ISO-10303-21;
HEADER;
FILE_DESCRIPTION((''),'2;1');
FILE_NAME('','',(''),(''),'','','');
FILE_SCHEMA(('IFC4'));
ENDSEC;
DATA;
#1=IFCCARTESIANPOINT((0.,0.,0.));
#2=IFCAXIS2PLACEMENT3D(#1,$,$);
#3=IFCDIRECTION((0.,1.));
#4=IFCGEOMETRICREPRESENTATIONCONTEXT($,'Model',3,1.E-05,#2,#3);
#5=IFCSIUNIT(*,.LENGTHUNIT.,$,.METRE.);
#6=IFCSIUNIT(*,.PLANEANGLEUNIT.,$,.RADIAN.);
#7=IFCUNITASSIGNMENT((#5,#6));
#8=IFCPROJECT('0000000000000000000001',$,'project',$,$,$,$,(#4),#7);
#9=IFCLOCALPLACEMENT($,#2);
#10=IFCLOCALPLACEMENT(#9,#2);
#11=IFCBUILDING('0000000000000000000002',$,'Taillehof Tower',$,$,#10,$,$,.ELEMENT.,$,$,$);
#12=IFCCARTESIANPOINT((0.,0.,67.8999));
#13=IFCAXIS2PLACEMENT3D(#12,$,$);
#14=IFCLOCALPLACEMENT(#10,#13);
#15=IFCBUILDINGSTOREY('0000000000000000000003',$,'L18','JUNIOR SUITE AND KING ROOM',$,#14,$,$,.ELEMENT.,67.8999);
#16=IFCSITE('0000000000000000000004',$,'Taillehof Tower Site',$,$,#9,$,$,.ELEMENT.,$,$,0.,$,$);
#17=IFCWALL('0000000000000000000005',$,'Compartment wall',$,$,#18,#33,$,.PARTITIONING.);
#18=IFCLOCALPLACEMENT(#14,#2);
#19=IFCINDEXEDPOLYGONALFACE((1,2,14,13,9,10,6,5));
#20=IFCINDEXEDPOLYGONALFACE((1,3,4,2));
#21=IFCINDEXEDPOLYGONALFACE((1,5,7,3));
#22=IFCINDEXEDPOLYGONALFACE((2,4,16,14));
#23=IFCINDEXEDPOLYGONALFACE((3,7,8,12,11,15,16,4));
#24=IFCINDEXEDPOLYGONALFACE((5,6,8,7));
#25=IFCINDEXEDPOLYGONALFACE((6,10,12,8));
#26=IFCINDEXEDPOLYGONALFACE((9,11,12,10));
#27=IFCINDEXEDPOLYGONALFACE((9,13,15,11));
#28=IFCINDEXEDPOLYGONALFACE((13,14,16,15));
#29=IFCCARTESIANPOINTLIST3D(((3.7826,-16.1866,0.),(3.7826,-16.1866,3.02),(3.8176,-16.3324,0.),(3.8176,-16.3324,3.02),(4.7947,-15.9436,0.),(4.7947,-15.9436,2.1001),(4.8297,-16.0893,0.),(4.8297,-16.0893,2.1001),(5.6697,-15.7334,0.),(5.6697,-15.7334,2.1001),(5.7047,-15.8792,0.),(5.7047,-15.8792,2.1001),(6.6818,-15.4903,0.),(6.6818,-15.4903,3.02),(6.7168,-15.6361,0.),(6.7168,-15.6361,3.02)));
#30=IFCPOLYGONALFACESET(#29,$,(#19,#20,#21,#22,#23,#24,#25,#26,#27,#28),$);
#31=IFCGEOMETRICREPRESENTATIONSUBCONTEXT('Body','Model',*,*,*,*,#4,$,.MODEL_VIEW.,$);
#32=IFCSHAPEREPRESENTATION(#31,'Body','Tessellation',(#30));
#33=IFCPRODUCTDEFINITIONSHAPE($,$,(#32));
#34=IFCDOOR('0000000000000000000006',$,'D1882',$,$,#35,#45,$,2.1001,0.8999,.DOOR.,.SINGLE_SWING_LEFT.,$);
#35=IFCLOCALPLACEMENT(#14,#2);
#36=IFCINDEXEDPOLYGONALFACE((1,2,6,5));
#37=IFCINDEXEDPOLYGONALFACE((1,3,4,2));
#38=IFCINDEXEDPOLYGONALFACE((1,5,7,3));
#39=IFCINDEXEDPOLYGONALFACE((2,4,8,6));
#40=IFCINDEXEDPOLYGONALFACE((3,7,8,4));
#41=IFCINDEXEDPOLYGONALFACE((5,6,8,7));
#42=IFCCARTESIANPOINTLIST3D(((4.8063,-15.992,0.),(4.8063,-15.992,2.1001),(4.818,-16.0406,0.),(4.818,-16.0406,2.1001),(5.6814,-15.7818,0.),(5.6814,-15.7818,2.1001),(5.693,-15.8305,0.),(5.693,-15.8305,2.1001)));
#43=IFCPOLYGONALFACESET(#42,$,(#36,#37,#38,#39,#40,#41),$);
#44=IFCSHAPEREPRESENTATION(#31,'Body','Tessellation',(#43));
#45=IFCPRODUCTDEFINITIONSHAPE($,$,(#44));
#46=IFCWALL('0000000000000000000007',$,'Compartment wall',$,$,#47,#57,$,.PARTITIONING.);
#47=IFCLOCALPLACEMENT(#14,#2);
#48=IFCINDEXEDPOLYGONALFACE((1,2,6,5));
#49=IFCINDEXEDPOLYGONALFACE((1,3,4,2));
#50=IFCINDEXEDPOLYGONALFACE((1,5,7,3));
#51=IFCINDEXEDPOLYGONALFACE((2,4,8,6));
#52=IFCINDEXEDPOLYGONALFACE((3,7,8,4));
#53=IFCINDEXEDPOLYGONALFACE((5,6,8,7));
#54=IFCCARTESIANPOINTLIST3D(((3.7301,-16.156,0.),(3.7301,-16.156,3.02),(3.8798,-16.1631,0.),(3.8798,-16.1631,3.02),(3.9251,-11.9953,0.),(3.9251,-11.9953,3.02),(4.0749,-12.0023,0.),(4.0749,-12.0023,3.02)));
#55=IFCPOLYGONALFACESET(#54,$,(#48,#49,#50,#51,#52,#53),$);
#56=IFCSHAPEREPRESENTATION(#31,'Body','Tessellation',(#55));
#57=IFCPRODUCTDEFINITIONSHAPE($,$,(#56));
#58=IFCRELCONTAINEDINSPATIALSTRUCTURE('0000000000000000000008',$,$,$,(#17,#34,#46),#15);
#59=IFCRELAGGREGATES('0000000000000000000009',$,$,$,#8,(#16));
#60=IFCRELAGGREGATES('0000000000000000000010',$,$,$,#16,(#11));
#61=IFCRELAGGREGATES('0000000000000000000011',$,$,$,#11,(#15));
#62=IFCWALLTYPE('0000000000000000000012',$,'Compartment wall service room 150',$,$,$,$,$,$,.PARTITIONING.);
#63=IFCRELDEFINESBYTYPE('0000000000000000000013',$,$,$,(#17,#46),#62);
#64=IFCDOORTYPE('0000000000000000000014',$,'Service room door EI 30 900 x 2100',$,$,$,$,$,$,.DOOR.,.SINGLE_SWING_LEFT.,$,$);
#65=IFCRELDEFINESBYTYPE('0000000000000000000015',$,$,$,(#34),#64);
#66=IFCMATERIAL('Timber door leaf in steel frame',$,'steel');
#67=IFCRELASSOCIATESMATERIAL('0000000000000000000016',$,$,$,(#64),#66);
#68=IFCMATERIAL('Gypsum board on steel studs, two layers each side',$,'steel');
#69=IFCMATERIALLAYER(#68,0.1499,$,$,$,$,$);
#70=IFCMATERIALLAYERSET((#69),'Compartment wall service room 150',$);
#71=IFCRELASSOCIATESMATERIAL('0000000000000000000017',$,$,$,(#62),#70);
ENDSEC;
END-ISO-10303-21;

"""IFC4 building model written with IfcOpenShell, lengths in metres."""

from ifc_helpers import new_model, si_unit, direction, frame, frame_2d, origin, place, context, subcontext, project, spatial, rectangle, extrude, material, layer, layer_set, type_object, element, fill, save


model = new_model("IFC4")

# Units and contexts
model_context = context("Model", 3, precision=1e-05, world=origin(), true_north=direction((0.0, 1.0)))
body_context = subcontext(model_context, "Body", "Model", "MODEL_VIEW")
ifc_project = project(units=[si_unit("LENGTHUNIT", "METRE"), si_unit("PLANEANGLEUNIT", "RADIAN")], contexts=[model_context])

# Site, building, storey
site_placement = place(None, origin())
site = spatial("IfcSite", under=ifc_project, at=site_placement, Name="Taillehof Tower Site", CompositionType="ELEMENT", RefElevation=0.0)
building_placement = place(site_placement, origin())
building = spatial("IfcBuilding", under=site, at=building_placement, Name="Taillehof Tower", CompositionType="ELEMENT")
storey_placement = place(building_placement, frame((0.0, 0.0, 67.8999)))
storey = spatial("IfcBuildingStorey", under=building, at=storey_placement, Name="L18", Description="JUNIOR SUITE AND KING ROOM", CompositionType="ELEMENT", Elevation=67.8999)

# Shared definitions
ifc_material_1 = material(Name="Timber door leaf in steel frame", Category="steel")
door_type_1 = type_object("IfcDoorType", Name="Service room door EI 30 900 x 2100", OperationType="SINGLE_SWING_LEFT", PredefinedType="DOOR", material=ifc_material_1)

# Shared definitions
ifc_material_2 = material(Name="Gypsum board on steel studs, two layers each side", Category="steel")
ifc_layer_1 = layer(ifc_material_2, 0.1499)
ifc_layer_set_1 = layer_set([ifc_layer_1], Name="Compartment wall service room 150")
wall_type_1 = type_object("IfcWallType", Name="Compartment wall service room 150", PredefinedType="PARTITIONING", material=ifc_layer_set_1)

# Wall, opening, door
wall_1_placement = place(storey_placement, frame((6.6992, -15.5632, 0.0), z_axis=(0.0, 0.0, 1.0), x_axis=(-0.97235, -0.233528, 0.0)))
wall_1 = element("IfcWall", 1, at=wall_1_placement, inside=storey, type_object=wall_type_1, Name="Compartment wall", PredefinedType="PARTITIONING", context=body_context, shape_type="SweptSolid", body=[
    extrude(rectangle(XDim=2.9817, YDim=0.1499, at=frame_2d((1.4907, 0.0))), origin(), (0.0, 0.0, 1.0), 3.02),
])
opening_1_placement = place(wall_1_placement, frame((1.0408, 0.0, 0.0)))
opening_1 = element("IfcOpeningElement", 2, at=opening_1_placement, cuts=wall_1, PredefinedType="OPENING", context=body_context, shape_type="SweptSolid", body=[
    extrude(rectangle(XDim=0.8999, YDim=2.1001, at=frame_2d((0.45, 1.05))), frame((0.0, 0.085, 0.0), z_axis=(0.0, -1.0, 0.0), x_axis=(1.0, 0.0, 0.0)), (0.0, 0.0, 1.0), 0.1699),
])
door_1_placement = place(opening_1_placement, origin())
door_1 = element("IfcDoor", 3, at=door_1_placement, inside=storey, type_object=door_type_1, Name="D1882", OperationType="SINGLE_SWING_LEFT", OverallHeight=2.1001, OverallWidth=0.8999, PredefinedType="DOOR", context=body_context, shape_type="SweptSolid", body=[
    extrude(rectangle(XDim=0.8999, YDim=2.1001, at=frame_2d((0.45, 1.05))), frame((0.0, 0.0249, 0.0), z_axis=(0.0, -1.0, 0.0), x_axis=(1.0, 0.0, 0.0)), (0.0, 0.0, 1.0), 0.05),
])
fill(opening_1, door_1)

# Wall
wall_2_placement = place(storey_placement, frame((3.8049, -16.1594, 0.0), z_axis=(0.0, 0.0, 1.0), x_axis=(0.046833, 0.998903, 0.0)))
element("IfcWall", 4, at=wall_2_placement, inside=storey, type_object=wall_type_1, Name="Compartment wall", PredefinedType="PARTITIONING", context=body_context, shape_type="SweptSolid", body=[
    extrude(rectangle(XDim=4.1653, YDim=0.1499, at=frame_2d((2.0825, 0.0))), origin(), (0.0, 0.0, 1.0), 3.02),
])

save(model, "model.ifc")
